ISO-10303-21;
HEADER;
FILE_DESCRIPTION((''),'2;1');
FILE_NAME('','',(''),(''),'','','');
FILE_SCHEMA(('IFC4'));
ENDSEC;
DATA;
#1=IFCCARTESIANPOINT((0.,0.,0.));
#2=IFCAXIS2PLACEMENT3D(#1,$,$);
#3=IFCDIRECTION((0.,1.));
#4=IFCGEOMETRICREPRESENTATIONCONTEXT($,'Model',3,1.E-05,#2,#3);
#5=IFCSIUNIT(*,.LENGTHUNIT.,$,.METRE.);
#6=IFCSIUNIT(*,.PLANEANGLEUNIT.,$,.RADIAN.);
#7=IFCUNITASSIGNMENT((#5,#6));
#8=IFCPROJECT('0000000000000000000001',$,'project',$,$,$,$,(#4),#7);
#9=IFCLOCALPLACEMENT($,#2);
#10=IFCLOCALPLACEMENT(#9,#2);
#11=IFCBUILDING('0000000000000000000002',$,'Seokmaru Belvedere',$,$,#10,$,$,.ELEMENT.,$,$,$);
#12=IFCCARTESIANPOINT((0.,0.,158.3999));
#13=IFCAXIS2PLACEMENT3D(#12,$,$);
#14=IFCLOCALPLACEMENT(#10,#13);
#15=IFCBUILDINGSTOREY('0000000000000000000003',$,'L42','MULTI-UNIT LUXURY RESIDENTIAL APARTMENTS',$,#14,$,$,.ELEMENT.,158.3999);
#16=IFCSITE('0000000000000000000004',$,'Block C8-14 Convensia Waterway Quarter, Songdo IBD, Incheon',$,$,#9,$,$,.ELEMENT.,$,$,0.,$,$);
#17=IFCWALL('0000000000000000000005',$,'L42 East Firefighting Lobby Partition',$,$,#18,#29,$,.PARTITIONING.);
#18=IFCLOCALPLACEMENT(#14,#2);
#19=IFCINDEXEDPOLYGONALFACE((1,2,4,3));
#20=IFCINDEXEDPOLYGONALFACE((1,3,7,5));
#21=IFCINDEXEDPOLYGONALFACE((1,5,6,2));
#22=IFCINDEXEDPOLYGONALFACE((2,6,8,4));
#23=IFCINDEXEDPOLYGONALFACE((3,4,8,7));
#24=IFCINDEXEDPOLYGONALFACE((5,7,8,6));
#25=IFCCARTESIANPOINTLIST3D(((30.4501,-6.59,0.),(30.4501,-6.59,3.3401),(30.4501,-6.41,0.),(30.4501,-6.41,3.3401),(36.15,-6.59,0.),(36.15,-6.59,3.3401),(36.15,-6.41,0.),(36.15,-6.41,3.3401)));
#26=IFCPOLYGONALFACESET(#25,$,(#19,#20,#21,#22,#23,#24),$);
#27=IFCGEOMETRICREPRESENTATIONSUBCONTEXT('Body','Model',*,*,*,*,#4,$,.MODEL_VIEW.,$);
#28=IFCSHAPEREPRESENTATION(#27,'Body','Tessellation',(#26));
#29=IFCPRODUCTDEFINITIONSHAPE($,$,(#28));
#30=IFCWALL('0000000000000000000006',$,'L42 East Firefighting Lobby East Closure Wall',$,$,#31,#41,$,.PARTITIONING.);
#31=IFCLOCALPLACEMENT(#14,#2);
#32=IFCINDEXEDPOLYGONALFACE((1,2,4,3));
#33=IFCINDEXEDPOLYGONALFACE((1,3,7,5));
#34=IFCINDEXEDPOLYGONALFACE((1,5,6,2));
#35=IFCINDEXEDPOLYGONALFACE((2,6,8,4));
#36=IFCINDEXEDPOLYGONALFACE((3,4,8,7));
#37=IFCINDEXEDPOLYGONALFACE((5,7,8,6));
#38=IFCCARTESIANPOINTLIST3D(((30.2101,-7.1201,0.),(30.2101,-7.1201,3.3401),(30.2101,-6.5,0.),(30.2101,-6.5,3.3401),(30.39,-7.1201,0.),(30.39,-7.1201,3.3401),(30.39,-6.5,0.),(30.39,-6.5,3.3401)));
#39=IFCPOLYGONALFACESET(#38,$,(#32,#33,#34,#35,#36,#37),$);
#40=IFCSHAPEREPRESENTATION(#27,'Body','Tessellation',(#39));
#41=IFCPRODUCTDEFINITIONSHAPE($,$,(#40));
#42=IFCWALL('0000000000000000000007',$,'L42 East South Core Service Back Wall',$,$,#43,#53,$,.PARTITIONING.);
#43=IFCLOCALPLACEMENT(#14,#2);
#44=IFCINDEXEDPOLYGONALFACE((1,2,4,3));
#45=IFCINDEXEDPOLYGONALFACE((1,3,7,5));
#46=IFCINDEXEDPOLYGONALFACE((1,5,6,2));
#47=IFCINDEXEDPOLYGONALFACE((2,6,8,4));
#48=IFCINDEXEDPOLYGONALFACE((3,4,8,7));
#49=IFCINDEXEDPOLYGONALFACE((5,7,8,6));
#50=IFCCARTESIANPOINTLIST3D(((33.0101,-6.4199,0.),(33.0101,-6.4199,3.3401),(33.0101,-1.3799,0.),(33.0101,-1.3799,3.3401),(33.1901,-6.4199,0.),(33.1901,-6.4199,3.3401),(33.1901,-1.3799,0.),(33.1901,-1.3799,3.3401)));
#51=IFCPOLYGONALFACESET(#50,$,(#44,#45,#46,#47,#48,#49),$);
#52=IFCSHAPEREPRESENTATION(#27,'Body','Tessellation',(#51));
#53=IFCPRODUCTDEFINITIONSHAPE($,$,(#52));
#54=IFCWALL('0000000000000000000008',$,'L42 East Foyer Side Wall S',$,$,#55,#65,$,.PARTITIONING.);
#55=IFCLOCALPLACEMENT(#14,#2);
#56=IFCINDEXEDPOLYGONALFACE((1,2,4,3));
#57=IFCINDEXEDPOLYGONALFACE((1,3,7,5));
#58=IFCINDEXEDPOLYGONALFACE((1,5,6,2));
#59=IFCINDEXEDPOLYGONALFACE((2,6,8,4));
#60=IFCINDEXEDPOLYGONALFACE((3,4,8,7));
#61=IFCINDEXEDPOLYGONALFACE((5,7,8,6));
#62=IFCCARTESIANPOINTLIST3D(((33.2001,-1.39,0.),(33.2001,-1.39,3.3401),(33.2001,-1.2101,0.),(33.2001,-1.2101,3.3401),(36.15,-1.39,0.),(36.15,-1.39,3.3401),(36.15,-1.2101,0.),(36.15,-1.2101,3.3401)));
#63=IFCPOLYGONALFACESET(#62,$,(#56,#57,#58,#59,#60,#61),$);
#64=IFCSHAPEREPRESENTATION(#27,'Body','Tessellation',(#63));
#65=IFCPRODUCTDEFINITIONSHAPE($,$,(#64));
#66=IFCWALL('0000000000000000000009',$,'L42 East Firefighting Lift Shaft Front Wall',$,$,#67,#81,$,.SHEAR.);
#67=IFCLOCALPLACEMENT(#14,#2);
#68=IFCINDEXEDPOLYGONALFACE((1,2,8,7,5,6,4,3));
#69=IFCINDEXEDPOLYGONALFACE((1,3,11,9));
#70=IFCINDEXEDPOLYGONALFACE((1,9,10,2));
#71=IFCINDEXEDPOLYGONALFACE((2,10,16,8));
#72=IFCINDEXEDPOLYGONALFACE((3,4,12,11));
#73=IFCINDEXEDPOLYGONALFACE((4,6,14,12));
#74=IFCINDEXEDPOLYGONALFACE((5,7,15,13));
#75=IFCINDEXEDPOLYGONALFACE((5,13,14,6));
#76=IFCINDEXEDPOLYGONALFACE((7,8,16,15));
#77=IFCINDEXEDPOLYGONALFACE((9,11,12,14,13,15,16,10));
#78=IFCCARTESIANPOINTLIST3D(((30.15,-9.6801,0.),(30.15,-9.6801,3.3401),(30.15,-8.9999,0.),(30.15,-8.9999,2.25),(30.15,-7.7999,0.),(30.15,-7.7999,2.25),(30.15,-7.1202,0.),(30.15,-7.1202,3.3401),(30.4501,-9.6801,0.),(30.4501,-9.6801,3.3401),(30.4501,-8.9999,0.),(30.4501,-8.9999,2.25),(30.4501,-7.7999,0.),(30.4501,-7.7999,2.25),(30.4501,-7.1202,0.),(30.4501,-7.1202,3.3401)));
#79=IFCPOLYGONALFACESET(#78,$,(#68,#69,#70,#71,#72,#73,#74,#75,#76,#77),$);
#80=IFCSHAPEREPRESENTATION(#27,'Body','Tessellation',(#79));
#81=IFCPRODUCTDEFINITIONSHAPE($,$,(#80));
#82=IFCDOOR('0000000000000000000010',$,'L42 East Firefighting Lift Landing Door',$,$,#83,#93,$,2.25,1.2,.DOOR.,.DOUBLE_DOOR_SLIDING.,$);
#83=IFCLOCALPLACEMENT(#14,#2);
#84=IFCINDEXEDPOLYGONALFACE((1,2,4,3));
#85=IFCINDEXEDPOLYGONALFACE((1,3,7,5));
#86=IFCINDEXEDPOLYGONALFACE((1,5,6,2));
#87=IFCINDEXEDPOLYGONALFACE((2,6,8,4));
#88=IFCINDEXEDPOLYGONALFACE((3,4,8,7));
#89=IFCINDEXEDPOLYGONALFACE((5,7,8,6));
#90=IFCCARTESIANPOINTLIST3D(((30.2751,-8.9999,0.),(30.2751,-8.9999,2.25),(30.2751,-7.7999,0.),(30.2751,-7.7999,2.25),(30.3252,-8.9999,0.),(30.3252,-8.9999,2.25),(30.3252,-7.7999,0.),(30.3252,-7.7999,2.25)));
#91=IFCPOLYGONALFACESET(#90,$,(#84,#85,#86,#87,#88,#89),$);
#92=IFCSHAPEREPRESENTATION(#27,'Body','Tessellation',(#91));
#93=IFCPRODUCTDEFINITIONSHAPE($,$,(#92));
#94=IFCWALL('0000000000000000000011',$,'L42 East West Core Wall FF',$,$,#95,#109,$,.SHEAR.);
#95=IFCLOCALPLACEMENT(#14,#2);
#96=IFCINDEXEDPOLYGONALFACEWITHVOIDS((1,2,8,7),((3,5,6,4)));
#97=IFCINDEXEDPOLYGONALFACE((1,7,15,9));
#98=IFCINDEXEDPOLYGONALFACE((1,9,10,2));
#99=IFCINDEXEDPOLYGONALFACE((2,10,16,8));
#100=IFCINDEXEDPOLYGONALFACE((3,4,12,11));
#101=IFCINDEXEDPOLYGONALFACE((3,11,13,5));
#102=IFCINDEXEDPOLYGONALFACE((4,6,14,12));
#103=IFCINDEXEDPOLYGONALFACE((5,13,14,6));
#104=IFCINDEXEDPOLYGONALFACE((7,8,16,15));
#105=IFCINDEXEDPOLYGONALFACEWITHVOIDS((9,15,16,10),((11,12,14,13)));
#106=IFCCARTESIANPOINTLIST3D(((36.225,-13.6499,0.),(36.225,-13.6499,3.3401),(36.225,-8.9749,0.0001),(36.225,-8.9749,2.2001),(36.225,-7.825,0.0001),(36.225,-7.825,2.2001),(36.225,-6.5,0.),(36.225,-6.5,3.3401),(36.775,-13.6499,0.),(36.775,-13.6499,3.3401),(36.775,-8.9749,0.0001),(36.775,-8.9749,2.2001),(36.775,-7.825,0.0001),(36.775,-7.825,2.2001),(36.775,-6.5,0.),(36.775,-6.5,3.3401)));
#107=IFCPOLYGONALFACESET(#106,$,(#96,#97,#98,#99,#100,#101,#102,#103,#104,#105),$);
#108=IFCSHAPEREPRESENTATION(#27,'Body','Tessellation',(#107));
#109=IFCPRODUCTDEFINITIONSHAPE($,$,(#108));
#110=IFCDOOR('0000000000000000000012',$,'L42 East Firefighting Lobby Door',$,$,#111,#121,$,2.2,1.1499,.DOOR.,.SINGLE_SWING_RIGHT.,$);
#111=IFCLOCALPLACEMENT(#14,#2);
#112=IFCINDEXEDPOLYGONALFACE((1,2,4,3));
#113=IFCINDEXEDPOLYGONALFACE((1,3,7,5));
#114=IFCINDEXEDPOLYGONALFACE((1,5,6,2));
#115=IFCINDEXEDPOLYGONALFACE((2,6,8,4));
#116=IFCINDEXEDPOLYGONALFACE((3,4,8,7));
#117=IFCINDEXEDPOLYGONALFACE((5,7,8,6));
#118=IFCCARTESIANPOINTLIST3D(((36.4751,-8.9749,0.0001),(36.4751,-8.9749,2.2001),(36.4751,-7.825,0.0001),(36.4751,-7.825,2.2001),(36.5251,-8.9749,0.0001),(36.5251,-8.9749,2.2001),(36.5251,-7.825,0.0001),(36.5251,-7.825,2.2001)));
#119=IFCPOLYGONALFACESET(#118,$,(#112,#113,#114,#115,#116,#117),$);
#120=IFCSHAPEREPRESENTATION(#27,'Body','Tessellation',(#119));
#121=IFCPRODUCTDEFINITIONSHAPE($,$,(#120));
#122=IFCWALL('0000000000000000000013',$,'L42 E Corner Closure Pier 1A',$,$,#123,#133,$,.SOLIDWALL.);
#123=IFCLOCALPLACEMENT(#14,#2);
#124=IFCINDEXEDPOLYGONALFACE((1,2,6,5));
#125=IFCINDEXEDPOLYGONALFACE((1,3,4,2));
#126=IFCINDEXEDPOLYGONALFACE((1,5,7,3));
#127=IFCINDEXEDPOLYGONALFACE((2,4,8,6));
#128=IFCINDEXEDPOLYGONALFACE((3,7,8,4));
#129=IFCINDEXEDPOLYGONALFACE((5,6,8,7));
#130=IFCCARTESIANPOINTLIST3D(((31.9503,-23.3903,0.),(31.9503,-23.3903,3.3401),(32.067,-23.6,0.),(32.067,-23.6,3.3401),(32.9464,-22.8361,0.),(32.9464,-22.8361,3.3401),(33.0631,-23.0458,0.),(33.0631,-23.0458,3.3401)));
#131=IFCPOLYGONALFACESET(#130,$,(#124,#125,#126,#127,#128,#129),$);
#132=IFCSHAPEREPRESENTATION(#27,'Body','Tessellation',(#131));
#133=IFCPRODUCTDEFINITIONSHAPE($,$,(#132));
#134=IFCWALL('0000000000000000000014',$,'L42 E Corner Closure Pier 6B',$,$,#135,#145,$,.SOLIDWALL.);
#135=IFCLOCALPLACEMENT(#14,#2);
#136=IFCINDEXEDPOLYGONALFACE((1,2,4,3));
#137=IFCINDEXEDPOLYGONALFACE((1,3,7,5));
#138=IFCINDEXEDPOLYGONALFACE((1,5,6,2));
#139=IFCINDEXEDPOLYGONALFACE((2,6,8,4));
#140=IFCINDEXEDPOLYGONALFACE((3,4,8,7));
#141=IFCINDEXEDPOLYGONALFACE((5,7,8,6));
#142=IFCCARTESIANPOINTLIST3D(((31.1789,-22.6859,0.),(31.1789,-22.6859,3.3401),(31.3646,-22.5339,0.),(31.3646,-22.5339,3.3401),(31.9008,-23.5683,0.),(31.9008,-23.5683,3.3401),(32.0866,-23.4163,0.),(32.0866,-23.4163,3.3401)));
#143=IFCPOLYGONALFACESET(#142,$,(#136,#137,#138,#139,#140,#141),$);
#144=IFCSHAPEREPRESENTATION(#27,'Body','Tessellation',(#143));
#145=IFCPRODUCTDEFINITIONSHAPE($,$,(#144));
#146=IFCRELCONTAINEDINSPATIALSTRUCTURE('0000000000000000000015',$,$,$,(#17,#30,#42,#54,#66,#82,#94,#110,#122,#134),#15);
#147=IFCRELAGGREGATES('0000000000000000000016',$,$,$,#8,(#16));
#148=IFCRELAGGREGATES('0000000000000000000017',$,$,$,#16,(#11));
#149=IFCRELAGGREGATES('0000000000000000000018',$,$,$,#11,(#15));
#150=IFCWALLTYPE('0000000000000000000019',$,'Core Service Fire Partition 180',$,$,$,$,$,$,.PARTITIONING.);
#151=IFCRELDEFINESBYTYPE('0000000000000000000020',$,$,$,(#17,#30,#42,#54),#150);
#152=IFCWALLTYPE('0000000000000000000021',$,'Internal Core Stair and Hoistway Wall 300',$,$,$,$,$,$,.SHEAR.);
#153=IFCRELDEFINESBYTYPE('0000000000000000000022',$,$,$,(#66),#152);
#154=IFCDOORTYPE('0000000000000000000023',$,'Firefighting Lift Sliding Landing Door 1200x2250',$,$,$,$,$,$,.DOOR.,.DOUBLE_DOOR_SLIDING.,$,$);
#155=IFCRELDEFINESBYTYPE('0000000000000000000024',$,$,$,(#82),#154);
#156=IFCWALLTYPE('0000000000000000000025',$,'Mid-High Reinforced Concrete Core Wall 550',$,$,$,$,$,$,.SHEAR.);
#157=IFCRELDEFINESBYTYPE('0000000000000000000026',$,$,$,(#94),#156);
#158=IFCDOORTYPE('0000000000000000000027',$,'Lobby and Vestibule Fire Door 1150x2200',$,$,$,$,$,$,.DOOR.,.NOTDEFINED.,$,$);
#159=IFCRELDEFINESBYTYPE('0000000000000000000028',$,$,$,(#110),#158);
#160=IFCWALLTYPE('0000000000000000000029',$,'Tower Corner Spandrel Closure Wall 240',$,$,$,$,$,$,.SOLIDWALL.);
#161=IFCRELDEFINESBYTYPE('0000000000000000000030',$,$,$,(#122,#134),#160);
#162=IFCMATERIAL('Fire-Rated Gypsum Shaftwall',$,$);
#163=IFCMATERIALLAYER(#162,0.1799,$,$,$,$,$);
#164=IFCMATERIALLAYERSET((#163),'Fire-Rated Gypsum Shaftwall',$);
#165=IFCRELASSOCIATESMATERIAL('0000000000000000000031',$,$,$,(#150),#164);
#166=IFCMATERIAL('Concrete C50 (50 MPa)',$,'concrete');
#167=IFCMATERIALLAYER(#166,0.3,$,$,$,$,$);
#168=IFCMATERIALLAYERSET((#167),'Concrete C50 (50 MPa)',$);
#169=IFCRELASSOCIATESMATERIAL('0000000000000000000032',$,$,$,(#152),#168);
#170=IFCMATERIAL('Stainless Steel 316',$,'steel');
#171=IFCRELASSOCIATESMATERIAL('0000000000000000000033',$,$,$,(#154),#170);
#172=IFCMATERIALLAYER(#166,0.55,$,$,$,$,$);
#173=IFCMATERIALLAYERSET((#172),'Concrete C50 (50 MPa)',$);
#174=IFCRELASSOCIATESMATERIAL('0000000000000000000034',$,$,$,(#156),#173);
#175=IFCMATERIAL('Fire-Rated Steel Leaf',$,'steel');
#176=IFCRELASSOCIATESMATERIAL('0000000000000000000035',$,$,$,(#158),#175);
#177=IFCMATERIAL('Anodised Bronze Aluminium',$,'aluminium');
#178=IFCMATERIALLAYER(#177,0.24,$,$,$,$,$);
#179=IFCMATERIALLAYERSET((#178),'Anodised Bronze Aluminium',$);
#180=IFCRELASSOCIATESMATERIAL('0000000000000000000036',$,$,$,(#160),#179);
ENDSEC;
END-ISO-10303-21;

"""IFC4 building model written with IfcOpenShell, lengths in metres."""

from ifc_helpers import new_model, si_unit, direction, frame, frame_2d, origin, place, context, subcontext, project, spatial, rectangle, extrude, source, transform, mapped, material, layer, layer_set, type_object, type_shapes, element, fill, save


model = new_model("IFC4")

# Units and contexts
model_context = context("Model", 3, precision=1e-05, world=origin(), true_north=direction((0.0, 1.0)))
body_context = subcontext(model_context, "Body", "Model", "MODEL_VIEW")
ifc_project = project(units=[si_unit("LENGTHUNIT", "METRE"), si_unit("PLANEANGLEUNIT", "RADIAN")], contexts=[model_context])

# Site, building, storey
site_placement = place(None, origin())
site = spatial("IfcSite", under=ifc_project, at=site_placement, Name="Block C8-14 Convensia Waterway Quarter, Songdo IBD, Incheon", CompositionType="ELEMENT", RefElevation=0.0)
building_placement = place(site_placement, origin())
building = spatial("IfcBuilding", under=site, at=building_placement, Name="Seokmaru Belvedere", CompositionType="ELEMENT")
storey_placement = place(building_placement, frame((0.0, 0.0, 158.3999)))
storey = spatial("IfcBuildingStorey", under=building, at=storey_placement, Name="L42", Description="MULTI-UNIT LUXURY RESIDENTIAL APARTMENTS", CompositionType="ELEMENT", Elevation=158.3999)

# Shared definitions
ifc_material_1 = material(Name="Anodised Bronze Aluminium", Category="aluminium")

# Walls
ifc_material_2 = material(Name="Fire-Rated Gypsum Shaftwall")
ifc_layer_1 = layer(ifc_material_2, 0.1799)
ifc_layer_set_1 = layer_set([ifc_layer_1], Name="Fire-Rated Gypsum Shaftwall")
wall_type_1 = type_object("IfcWallType", Name="Core Service Fire Partition 180", PredefinedType="PARTITIONING", material=ifc_layer_set_1)
wall_1_placement = place(storey_placement, frame((30.45, -6.5, 0.0), z_axis=(0.0, 0.0, 1.0), x_axis=(1.0, 0.0, 0.0)))
element("IfcWall", 1, at=wall_1_placement, inside=storey, type_object=wall_type_1, Name="L42 East Firefighting Lobby Partition", PredefinedType="PARTITIONING", context=body_context, shape_type="SweptSolid", body=[
    extrude(rectangle(XDim=5.7, YDim=0.1799, at=frame_2d((2.8501, 0.0))), origin(), (0.0, 0.0, 1.0), 3.3401),
])
wall_2_placement = place(storey_placement, frame((30.3, -7.1201, 0.0), z_axis=(0.0, 0.0, 1.0), x_axis=(0.0, 1.0, 0.0)))
element("IfcWall", 2, at=wall_2_placement, inside=storey, type_object=wall_type_1, Name="L42 East Firefighting Lobby East Closure Wall", PredefinedType="PARTITIONING", context=body_context, shape_type="SweptSolid", body=[
    extrude(rectangle(XDim=0.6201, YDim=0.1799, at=frame_2d((0.3101, 0.0))), origin(), (0.0, 0.0, 1.0), 3.3401),
])
wall_3_placement = place(storey_placement, frame((33.1001, -6.4199, 0.0), z_axis=(0.0, 0.0, 1.0), x_axis=(0.0, 1.0, 0.0)))
element("IfcWall", 3, at=wall_3_placement, inside=storey, type_object=wall_type_1, Name="L42 East South Core Service Back Wall", PredefinedType="PARTITIONING", context=body_context, shape_type="SweptSolid", body=[
    extrude(rectangle(XDim=5.04, YDim=0.1799, at=frame_2d((2.52, 0.0))), origin(), (0.0, 0.0, 1.0), 3.3401),
])
wall_4_placement = place(storey_placement, frame((33.2, -1.3, 0.0), z_axis=(0.0, 0.0, 1.0), x_axis=(1.0, 0.0, 0.0)))
element("IfcWall", 4, at=wall_4_placement, inside=storey, type_object=wall_type_1, Name="L42 East Foyer Side Wall S", PredefinedType="PARTITIONING", context=body_context, shape_type="SweptSolid", body=[
    extrude(rectangle(XDim=2.95, YDim=0.1799, at=frame_2d((1.4751, 0.0))), origin(), (0.0, 0.0, 1.0), 3.3401),
])

# Walls, openings, doors
ifc_material_3 = material(Name="Concrete C50 (50 MPa)", Category="concrete")
ifc_layer_2 = layer(ifc_material_3, 0.3)
ifc_layer_set_2 = layer_set([ifc_layer_2], Name="Concrete C50 (50 MPa)")
wall_type_2 = type_object("IfcWallType", Name="Internal Core Stair and Hoistway Wall 300", PredefinedType="SHEAR", material=ifc_layer_set_2)
wall_5_placement = place(storey_placement, frame((30.3, -9.6799, 0.0), z_axis=(0.0, 0.0, 1.0), x_axis=(0.0, 1.0, 0.0)))
wall_5 = element("IfcWall", 5, at=wall_5_placement, inside=storey, type_object=wall_type_2, Name="L42 East Firefighting Lift Shaft Front Wall", PredefinedType="SHEAR", context=body_context, shape_type="SweptSolid", body=[
    extrude(rectangle(XDim=2.5598, YDim=0.3, at=frame_2d((1.2798, 0.0))), origin(), (0.0, 0.0, 1.0), 3.3401),
])
opening_1_placement = place(wall_5_placement, frame((0.6799, 0.0, 0.0)))
opening_1 = element("IfcOpeningElement", 6, at=opening_1_placement, cuts=wall_5, PredefinedType="OPENING", context=body_context, shape_type="SweptSolid", body=[
    extrude(rectangle(XDim=1.2, YDim=2.25, at=frame_2d((0.6001, 1.125))), frame((0.0, 0.1602, 0.0), z_axis=(0.0, -1.0, 0.0), x_axis=(1.0, 0.0, 0.0)), (0.0, 0.0, 1.0), 0.3201),
])
ifc_material_4 = material(Name="Stainless Steel 316", Category="steel")
door_type_1 = type_object("IfcDoorType", Name="Firefighting Lift Sliding Landing Door 1200x2250", OperationType="DOUBLE_DOOR_SLIDING", PredefinedType="DOOR", material=ifc_material_4)
shared_shape_1 = source(origin(), body_context, "Body", "SweptSolid", [
    extrude(rectangle(XDim=1.2, YDim=2.25, at=frame_2d((0.6001, 1.125))), frame((0.0, 0.0249, 0.0), z_axis=(0.0, -1.0, 0.0), x_axis=(1.0, 0.0, 0.0)), (0.0, 0.0, 1.0), 0.05),
])
type_shapes(door_type_1, [shared_shape_1])
door_1_placement = place(opening_1_placement, origin())
door_1 = element("IfcDoor", 7, at=door_1_placement, inside=storey, type_object=door_type_1, Name="L42 East Firefighting Lift Landing Door", OperationType="DOUBLE_DOOR_SLIDING", OverallHeight=2.25, OverallWidth=1.2, PredefinedType="DOOR", context=body_context, shape_type="MappedRepresentation", body=[
    mapped(shared_shape_1, transform((0.0, 0.0, 0.0), scale=1.0)),
])
fill(opening_1, door_1)
ifc_layer_3 = layer(ifc_material_3, 0.55)
ifc_layer_set_3 = layer_set([ifc_layer_3], Name="Concrete C50 (50 MPa)")
wall_type_3 = type_object("IfcWallType", Name="Mid-High Reinforced Concrete Core Wall 550", PredefinedType="SHEAR", material=ifc_layer_set_3)
wall_6_placement = place(storey_placement, frame((36.5, -13.6499, 0.0), z_axis=(0.0, 0.0, 1.0), x_axis=(0.0, 1.0, 0.0)))
wall_6 = element("IfcWall", 8, at=wall_6_placement, inside=storey, type_object=wall_type_3, Name="L42 East West Core Wall FF", PredefinedType="SHEAR", context=body_context, shape_type="SweptSolid", body=[
    extrude(rectangle(XDim=7.1499, YDim=0.55, at=frame_2d((3.575, 0.0))), origin(), (0.0, 0.0, 1.0), 3.3401),
])
opening_2_placement = place(wall_6_placement, frame((4.675, 0.0, 0.0)))
opening_2 = element("IfcOpeningElement", 9, at=opening_2_placement, cuts=wall_6, PredefinedType="OPENING", context=body_context, shape_type="SweptSolid", body=[
    extrude(rectangle(XDim=1.1499, YDim=2.2, at=frame_2d((0.575, 1.1001))), frame((0.0, 0.2852, 0.0), z_axis=(0.0, -1.0, 0.0), x_axis=(1.0, 0.0, 0.0)), (0.0, 0.0, 1.0), 0.5701),
])
ifc_material_5 = material(Name="Fire-Rated Steel Leaf", Category="steel")
door_type_2 = type_object("IfcDoorType", Name="Lobby and Vestibule Fire Door 1150x2200", OperationType="NOTDEFINED", PredefinedType="DOOR", material=ifc_material_5)
shared_shape_2 = source(origin(), body_context, "Body", "SweptSolid", [
    extrude(rectangle(XDim=1.1499, YDim=2.2, at=frame_2d((0.575, 1.1001))), frame((0.0, 0.0249, 0.0), z_axis=(0.0, -1.0, 0.0), x_axis=(1.0, 0.0, 0.0)), (0.0, 0.0, 1.0), 0.05),
])
type_shapes(door_type_2, [shared_shape_2])
door_2_placement = place(opening_2_placement, origin())
door_2 = element("IfcDoor", 10, at=door_2_placement, inside=storey, type_object=door_type_2, Name="L42 East Firefighting Lobby Door", OperationType="SINGLE_SWING_RIGHT", OverallHeight=2.2, OverallWidth=1.1499, PredefinedType="DOOR", context=body_context, shape_type="MappedRepresentation", body=[
    mapped(shared_shape_2, transform((0.0, 0.0, 0.0), scale=1.0)),
])
fill(opening_2, door_2)

# Walls
ifc_layer_4 = layer(ifc_material_1, 0.24)
ifc_layer_set_4 = layer_set([ifc_layer_4], Name="Anodised Bronze Aluminium")
wall_type_4 = type_object("IfcWallType", Name="Tower Corner Spandrel Closure Wall 240", PredefinedType="SOLIDWALL", material=ifc_layer_set_4)
wall_7_placement = place(storey_placement, frame((32.0088, -23.4951, 0.0), z_axis=(0.0, 0.0, 1.0), x_axis=(0.873854, 0.486188, 0.0)))
element("IfcWall", 11, at=wall_7_placement, inside=storey, type_object=wall_type_4, Name="L42 E Corner Closure Pier 1A", PredefinedType="SOLIDWALL", context=body_context, shape_type="SweptSolid", body=[
    extrude(rectangle(XDim=1.1399, YDim=0.24, at=frame_2d((0.5698, 0.0))), origin(), (0.0, 0.0, 1.0), 3.3401),
])
wall_8_placement = place(storey_placement, frame((31.2717, -22.6099, 0.0), z_axis=(0.0, 0.0, 1.0), x_axis=(0.633249, -0.773948, 0.0)))
element("IfcWall", 12, at=wall_8_placement, inside=storey, type_object=wall_type_4, Name="L42 E Corner Closure Pier 6B", PredefinedType="SOLIDWALL", context=body_context, shape_type="SweptSolid", body=[
    extrude(rectangle(XDim=1.1401, YDim=0.24, at=frame_2d((0.5701, 0.0))), origin(), (0.0, 0.0, 1.0), 3.3401),
])

save(model, "model.ifc")
